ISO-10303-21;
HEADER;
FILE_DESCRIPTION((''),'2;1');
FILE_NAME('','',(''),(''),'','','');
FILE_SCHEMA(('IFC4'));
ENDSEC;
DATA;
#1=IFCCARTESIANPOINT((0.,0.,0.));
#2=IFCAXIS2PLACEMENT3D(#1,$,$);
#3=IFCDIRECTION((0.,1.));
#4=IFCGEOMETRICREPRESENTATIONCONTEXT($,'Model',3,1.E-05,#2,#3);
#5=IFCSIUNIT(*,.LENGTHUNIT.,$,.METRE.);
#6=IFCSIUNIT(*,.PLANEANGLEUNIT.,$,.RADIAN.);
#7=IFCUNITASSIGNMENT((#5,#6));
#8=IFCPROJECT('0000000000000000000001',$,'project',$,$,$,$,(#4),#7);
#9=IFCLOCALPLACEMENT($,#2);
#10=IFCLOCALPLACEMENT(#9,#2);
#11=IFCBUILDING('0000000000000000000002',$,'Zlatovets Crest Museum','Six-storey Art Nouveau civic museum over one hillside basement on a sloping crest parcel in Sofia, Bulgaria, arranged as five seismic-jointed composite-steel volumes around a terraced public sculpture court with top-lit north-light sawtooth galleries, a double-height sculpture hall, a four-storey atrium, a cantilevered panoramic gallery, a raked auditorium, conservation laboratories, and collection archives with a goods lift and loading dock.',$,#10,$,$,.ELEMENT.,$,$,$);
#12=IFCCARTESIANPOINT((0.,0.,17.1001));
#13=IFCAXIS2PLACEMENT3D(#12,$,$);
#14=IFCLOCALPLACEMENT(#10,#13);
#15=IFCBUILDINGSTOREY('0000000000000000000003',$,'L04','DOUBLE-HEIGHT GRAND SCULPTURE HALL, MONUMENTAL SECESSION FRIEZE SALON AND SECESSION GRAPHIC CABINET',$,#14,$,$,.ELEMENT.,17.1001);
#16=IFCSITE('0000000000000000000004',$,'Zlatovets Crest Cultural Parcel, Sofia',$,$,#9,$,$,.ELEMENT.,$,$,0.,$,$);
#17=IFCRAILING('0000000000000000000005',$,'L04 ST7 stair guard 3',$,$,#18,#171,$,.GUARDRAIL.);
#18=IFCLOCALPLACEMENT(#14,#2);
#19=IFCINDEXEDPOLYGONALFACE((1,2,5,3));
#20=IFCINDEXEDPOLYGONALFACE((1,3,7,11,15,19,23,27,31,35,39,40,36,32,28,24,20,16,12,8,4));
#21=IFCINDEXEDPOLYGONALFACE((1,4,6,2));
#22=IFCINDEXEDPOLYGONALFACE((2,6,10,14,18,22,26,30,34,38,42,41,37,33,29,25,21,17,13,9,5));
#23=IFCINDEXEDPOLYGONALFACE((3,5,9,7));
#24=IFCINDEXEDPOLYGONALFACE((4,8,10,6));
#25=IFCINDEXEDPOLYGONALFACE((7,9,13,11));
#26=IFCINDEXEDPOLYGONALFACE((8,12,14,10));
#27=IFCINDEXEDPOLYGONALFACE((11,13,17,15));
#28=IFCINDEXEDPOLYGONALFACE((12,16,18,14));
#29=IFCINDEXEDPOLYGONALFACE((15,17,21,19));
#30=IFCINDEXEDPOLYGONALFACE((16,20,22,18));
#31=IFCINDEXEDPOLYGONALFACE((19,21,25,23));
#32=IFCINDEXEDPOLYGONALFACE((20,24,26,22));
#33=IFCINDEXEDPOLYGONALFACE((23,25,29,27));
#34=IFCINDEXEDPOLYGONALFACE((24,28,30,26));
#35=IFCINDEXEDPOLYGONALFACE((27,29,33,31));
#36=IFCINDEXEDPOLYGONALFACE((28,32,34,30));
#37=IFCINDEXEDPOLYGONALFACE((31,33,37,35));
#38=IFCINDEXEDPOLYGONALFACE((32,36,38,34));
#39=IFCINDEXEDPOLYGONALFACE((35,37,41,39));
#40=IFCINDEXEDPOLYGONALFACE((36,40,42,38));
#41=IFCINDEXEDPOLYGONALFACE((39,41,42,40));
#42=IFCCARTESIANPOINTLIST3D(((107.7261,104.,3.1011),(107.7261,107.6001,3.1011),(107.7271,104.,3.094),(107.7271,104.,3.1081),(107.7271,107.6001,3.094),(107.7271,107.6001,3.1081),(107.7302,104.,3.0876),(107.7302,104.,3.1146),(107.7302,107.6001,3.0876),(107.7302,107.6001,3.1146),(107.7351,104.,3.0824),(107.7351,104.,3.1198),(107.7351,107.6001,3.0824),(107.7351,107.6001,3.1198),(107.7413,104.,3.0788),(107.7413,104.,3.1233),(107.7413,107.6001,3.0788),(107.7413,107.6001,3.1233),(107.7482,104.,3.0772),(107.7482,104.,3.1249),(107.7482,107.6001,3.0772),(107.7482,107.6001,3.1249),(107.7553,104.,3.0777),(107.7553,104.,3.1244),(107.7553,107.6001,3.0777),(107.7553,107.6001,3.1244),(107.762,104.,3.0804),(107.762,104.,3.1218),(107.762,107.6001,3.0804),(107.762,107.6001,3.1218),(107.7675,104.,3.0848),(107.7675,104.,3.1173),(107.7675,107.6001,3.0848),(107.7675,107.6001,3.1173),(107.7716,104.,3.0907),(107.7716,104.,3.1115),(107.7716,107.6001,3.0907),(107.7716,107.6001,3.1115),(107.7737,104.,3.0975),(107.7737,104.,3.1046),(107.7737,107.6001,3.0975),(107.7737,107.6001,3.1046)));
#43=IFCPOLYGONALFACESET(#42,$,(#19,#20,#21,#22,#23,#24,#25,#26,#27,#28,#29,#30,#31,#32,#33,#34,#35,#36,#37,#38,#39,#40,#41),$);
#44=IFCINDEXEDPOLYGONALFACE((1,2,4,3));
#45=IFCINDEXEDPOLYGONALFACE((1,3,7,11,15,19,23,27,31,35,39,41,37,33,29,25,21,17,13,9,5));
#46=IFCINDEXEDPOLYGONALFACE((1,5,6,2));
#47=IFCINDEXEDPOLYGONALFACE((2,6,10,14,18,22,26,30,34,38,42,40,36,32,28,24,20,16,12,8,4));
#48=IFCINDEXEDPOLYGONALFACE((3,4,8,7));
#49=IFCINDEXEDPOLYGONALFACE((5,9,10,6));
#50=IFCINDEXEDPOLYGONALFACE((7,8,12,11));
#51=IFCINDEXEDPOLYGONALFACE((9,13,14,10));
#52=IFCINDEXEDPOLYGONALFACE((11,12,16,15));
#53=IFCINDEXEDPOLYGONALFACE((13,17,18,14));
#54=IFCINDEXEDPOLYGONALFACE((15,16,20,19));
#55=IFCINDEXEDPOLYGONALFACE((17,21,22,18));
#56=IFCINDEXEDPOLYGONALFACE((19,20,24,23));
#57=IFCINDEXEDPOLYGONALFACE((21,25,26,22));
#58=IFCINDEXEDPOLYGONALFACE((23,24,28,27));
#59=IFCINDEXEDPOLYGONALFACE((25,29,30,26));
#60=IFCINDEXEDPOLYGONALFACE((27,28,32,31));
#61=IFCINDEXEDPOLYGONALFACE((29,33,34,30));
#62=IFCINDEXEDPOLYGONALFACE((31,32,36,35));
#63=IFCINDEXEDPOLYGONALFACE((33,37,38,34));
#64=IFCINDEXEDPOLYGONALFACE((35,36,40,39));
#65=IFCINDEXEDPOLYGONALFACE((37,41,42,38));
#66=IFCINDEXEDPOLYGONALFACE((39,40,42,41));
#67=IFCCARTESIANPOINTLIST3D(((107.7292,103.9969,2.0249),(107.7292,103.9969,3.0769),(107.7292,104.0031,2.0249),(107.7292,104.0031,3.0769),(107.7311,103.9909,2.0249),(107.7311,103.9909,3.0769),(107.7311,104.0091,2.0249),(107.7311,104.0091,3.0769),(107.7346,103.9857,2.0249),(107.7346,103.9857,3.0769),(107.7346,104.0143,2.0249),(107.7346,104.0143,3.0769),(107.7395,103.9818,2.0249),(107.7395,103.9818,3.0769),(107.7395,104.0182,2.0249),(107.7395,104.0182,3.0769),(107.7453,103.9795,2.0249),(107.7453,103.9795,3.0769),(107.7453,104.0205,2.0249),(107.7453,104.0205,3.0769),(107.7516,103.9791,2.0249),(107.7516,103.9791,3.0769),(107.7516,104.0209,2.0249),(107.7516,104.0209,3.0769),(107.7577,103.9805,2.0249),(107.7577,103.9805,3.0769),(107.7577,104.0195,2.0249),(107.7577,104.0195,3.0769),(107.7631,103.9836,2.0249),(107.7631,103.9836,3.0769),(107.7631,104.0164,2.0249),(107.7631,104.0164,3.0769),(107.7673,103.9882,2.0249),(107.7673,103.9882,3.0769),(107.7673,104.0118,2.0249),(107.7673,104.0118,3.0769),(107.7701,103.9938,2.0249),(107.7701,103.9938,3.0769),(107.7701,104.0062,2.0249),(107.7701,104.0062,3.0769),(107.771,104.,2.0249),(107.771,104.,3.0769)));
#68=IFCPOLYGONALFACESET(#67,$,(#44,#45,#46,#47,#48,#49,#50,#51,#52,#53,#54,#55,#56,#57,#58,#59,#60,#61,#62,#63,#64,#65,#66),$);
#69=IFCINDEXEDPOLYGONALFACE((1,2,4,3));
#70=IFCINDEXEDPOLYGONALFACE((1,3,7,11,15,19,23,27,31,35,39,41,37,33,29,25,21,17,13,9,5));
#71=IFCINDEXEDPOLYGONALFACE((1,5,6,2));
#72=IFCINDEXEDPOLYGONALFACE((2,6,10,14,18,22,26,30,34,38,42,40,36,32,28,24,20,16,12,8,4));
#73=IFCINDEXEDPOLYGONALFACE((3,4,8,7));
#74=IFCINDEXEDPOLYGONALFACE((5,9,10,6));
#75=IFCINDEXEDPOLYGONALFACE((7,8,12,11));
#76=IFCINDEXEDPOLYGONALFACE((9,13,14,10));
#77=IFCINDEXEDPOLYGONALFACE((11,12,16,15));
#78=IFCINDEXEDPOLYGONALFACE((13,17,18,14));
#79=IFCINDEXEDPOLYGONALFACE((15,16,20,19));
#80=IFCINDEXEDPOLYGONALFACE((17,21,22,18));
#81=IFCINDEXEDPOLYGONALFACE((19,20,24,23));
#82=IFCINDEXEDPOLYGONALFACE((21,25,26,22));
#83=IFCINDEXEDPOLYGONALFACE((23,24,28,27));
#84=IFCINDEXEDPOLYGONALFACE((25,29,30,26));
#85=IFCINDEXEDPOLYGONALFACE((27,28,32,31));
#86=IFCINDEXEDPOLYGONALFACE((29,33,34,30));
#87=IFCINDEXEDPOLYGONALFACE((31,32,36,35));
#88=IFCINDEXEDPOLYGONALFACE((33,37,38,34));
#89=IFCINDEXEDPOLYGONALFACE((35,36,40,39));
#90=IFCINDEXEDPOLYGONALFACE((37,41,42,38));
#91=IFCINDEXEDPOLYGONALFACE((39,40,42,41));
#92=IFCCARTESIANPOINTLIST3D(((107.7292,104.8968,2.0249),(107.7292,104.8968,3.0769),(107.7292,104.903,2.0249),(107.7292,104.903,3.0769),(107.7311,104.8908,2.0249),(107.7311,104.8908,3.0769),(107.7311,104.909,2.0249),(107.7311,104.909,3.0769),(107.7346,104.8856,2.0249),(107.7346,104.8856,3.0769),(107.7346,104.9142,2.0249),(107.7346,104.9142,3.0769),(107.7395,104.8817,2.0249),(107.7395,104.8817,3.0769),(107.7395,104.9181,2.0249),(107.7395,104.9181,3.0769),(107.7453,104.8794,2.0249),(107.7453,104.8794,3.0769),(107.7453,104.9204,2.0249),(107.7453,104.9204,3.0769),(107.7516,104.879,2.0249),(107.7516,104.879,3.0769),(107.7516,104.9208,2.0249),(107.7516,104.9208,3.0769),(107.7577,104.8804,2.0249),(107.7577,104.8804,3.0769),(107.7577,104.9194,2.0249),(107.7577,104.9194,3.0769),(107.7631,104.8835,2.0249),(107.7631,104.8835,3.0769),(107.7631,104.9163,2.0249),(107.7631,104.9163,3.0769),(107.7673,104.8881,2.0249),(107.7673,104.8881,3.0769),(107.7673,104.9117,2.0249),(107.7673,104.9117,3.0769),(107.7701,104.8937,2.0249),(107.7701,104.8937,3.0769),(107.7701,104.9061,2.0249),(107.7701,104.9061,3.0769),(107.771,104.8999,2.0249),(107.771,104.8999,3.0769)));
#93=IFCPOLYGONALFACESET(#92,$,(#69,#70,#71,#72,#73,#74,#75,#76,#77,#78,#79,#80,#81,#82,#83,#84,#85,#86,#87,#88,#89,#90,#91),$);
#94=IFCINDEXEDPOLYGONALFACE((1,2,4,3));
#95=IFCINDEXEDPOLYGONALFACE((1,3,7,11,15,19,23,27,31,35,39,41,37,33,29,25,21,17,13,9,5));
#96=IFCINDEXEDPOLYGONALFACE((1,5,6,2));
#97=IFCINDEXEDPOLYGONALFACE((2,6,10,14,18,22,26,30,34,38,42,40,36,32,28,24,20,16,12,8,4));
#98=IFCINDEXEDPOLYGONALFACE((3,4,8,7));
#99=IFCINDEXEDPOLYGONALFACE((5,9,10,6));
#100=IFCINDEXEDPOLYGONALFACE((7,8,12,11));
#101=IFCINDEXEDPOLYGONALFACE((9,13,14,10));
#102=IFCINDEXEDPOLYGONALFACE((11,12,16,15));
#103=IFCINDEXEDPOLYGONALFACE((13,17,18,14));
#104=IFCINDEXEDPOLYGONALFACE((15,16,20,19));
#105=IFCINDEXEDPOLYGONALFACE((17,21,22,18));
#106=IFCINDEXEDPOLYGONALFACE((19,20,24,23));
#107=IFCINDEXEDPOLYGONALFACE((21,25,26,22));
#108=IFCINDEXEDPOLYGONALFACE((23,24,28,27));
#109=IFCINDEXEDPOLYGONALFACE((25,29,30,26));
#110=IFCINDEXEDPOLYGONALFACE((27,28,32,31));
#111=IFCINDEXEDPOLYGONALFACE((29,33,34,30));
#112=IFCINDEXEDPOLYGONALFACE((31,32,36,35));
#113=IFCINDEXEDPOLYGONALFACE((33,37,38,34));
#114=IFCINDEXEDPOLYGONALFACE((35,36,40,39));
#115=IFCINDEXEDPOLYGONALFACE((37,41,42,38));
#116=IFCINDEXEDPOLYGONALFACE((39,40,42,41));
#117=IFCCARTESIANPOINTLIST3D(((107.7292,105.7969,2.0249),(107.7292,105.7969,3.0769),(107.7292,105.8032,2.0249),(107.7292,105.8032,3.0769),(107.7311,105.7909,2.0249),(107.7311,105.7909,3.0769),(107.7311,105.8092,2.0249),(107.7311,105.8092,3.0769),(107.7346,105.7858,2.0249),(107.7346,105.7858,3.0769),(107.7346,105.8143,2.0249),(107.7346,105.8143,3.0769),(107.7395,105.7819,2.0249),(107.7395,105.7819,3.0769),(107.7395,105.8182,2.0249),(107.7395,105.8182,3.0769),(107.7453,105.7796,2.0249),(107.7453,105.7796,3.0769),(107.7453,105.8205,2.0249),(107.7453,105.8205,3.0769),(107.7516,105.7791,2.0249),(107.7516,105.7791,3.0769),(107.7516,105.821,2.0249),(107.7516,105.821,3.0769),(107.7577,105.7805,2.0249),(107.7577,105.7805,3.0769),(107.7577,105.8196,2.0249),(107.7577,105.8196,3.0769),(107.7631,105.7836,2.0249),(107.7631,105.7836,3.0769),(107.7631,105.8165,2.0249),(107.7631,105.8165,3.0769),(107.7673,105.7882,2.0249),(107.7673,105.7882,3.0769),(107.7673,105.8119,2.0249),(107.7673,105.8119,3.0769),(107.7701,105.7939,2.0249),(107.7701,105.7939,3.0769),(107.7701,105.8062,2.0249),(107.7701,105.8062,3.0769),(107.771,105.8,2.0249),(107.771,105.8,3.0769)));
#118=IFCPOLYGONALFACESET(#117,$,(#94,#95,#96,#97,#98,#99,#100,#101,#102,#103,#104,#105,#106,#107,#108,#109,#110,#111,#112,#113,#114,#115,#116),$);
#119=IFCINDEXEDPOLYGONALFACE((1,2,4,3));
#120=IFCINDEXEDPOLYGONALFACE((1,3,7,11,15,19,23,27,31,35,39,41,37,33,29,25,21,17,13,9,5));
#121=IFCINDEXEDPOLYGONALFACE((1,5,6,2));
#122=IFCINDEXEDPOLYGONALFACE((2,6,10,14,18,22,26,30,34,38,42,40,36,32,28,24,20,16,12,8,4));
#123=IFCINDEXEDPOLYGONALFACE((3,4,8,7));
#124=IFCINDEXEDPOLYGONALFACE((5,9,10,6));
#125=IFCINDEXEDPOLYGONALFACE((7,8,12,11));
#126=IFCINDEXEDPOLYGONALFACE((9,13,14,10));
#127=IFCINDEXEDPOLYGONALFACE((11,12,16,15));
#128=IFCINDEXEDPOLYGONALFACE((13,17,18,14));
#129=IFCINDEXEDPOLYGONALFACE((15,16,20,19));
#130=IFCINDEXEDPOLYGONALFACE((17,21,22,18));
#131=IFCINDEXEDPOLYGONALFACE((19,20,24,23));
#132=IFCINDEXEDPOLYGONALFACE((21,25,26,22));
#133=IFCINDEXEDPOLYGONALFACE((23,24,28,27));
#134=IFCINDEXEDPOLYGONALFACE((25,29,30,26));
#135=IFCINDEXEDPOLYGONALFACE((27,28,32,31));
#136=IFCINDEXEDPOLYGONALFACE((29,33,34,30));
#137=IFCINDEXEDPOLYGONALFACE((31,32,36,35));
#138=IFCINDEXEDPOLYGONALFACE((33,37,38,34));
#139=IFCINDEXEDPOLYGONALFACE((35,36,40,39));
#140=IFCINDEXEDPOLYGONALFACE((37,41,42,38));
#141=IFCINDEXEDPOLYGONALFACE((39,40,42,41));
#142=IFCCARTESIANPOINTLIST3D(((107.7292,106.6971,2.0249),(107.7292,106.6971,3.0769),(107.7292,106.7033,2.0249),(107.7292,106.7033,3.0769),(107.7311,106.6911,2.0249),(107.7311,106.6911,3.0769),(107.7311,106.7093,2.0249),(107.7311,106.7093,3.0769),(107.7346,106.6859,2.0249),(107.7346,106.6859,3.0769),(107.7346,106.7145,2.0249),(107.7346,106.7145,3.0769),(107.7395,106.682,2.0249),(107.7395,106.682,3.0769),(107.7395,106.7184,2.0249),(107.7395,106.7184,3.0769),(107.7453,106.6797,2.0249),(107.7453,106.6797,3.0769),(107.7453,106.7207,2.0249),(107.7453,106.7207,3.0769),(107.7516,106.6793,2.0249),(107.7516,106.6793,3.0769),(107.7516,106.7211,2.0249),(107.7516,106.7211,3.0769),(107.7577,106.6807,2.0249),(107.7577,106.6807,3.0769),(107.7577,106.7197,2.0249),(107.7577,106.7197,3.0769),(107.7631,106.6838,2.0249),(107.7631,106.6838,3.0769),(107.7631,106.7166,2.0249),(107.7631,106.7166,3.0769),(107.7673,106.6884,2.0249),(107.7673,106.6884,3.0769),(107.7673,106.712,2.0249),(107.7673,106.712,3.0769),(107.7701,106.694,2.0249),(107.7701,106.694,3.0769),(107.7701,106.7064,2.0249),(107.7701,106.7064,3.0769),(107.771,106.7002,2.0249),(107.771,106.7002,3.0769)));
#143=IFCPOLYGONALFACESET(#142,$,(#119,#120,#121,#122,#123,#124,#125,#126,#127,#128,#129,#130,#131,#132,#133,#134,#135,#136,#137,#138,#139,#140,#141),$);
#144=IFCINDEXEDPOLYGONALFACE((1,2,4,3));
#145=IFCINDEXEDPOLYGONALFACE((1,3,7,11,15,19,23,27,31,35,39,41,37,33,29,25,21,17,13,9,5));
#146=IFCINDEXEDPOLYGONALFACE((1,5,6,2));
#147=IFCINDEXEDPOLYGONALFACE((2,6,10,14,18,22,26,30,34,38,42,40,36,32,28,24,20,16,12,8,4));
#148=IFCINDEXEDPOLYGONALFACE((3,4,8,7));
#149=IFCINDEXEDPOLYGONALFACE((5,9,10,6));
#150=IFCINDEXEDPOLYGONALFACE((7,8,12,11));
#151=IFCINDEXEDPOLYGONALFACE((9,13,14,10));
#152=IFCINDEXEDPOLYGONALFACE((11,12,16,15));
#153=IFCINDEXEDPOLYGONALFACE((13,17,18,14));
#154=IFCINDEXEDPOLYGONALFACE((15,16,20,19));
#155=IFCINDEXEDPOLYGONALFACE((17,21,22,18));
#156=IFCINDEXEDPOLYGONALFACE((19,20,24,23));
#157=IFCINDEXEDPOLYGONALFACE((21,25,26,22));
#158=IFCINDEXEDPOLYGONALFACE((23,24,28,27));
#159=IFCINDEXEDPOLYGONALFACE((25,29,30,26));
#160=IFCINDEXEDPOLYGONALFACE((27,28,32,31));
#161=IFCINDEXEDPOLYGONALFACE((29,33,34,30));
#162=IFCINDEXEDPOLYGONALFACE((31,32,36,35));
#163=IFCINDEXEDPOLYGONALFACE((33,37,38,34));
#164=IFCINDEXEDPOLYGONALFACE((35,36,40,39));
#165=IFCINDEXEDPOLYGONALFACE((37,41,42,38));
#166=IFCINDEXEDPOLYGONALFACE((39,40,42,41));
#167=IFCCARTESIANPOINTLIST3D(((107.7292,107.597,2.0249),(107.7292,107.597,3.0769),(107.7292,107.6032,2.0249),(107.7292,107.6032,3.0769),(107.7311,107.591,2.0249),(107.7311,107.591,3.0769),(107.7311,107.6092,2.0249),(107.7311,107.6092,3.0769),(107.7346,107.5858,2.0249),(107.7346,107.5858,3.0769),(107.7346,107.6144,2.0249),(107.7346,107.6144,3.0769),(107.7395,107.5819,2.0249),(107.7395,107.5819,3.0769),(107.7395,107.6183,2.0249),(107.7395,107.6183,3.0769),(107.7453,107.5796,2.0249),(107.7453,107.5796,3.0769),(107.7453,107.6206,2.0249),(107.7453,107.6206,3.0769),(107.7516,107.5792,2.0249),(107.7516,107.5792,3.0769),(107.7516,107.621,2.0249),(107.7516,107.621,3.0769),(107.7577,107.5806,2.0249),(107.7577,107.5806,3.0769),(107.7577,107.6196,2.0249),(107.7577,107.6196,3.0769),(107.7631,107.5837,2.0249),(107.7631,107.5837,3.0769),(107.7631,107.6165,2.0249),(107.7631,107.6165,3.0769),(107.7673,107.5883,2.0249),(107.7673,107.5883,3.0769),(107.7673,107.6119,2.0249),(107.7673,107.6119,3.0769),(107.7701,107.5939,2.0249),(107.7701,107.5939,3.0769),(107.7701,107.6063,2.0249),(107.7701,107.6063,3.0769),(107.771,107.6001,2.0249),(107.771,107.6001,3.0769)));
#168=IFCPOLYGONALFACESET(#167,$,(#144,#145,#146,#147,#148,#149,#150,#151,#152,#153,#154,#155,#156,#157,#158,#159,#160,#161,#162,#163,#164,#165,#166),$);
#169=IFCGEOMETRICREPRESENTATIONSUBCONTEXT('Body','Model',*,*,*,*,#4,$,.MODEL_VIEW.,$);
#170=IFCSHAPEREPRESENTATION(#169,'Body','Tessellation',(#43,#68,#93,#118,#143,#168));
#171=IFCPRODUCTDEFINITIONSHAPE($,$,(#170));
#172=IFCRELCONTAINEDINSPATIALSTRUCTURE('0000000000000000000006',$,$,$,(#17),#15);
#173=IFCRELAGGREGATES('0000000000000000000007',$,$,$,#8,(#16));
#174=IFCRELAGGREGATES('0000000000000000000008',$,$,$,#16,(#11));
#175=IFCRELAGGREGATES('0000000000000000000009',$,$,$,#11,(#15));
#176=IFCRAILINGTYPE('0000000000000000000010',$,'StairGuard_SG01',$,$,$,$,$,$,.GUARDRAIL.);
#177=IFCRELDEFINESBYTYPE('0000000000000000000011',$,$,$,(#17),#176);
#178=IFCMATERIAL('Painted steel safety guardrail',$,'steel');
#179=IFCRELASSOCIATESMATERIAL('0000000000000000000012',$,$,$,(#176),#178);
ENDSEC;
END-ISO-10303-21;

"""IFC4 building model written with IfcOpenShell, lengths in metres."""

from ifc_helpers import new_model, si_unit, direction, frame, origin, origin_2d, place, context, subcontext, project, spatial, circle, extrude, material, type_object, element, save


model = new_model("IFC4")

# Units and contexts
model_context = context("Model", 3, precision=1e-05, world=origin(), true_north=direction((0.0, 1.0)))
body_context = subcontext(model_context, "Body", "Model", "MODEL_VIEW")
ifc_project = project(units=[si_unit("LENGTHUNIT", "METRE"), si_unit("PLANEANGLEUNIT", "RADIAN")], contexts=[model_context])

# Site, building, storey
site_placement = place(None, origin())
site = spatial("IfcSite", under=ifc_project, at=site_placement, Name="Zlatovets Crest Cultural Parcel, Sofia", CompositionType="ELEMENT", RefElevation=0.0)
building_placement = place(site_placement, origin())
building = spatial("IfcBuilding", under=site, at=building_placement, Name="Zlatovets Crest Museum", Description="Six-storey Art Nouveau civic museum over one hillside basement on a sloping crest parcel in Sofia, Bulgaria, arranged as five seismic-jointed composite-steel volumes around a terraced public sculpture court with top-lit north-light sawtooth galleries, a double-height sculpture hall, a four-storey atrium, a cantilevered panoramic gallery, a raked auditorium, conservation laboratories, and collection archives with a goods lift and loading dock.", CompositionType="ELEMENT")
storey_placement = place(building_placement, frame((0.0, 0.0, 17.1001)))
storey = spatial("IfcBuildingStorey", under=building, at=storey_placement, Name="L04", Description="DOUBLE-HEIGHT GRAND SCULPTURE HALL, MONUMENTAL SECESSION FRIEZE SALON AND SECESSION GRAPHIC CABINET", CompositionType="ELEMENT", Elevation=17.1001)

# Railing
ifc_material_1 = material(Name="Painted steel safety guardrail", Category="steel")
railing_type_1 = type_object("IfcRailingType", Name="StairGuard_SG01", PredefinedType="GUARDRAIL", material=ifc_material_1)
for number, where, name in (
    (1, (107.75, 104.0, 2.0249), "L04 ST7 stair guard 3"),
):
    element("IfcRailing", number, at=place(storey_placement, frame(where)), inside=storey, type_object=railing_type_1, Name=name, PredefinedType="GUARDRAIL", context=body_context, shape_type="SweptSolid", body=[
        extrude(circle(Radius=0.0239, at=origin_2d()), frame((0.0, 0.0, 1.0762), z_axis=(0.0, 1.0, 0.0), x_axis=(-1.0, 0.0, 0.0)), (0.0, 0.0, 1.0), 3.6001),
        extrude(circle(Radius=0.021, at=origin_2d()), origin(), (0.0, 0.0, 1.0), 1.052),
        extrude(circle(Radius=0.021, at=origin_2d()), frame((0.0, 0.8999, 0.0)), (0.0, 0.0, 1.0), 1.052),
        extrude(circle(Radius=0.021, at=origin_2d()), frame((0.0, 1.8, 0.0)), (0.0, 0.0, 1.0), 1.052),
        extrude(circle(Radius=0.021, at=origin_2d()), frame((0.0, 2.7002, 0.0)), (0.0, 0.0, 1.0), 1.052),
        extrude(circle(Radius=0.021, at=origin_2d()), frame((0.0, 3.6001, 0.0)), (0.0, 0.0, 1.0), 1.052),
    ])

save(model, "model.ifc")
